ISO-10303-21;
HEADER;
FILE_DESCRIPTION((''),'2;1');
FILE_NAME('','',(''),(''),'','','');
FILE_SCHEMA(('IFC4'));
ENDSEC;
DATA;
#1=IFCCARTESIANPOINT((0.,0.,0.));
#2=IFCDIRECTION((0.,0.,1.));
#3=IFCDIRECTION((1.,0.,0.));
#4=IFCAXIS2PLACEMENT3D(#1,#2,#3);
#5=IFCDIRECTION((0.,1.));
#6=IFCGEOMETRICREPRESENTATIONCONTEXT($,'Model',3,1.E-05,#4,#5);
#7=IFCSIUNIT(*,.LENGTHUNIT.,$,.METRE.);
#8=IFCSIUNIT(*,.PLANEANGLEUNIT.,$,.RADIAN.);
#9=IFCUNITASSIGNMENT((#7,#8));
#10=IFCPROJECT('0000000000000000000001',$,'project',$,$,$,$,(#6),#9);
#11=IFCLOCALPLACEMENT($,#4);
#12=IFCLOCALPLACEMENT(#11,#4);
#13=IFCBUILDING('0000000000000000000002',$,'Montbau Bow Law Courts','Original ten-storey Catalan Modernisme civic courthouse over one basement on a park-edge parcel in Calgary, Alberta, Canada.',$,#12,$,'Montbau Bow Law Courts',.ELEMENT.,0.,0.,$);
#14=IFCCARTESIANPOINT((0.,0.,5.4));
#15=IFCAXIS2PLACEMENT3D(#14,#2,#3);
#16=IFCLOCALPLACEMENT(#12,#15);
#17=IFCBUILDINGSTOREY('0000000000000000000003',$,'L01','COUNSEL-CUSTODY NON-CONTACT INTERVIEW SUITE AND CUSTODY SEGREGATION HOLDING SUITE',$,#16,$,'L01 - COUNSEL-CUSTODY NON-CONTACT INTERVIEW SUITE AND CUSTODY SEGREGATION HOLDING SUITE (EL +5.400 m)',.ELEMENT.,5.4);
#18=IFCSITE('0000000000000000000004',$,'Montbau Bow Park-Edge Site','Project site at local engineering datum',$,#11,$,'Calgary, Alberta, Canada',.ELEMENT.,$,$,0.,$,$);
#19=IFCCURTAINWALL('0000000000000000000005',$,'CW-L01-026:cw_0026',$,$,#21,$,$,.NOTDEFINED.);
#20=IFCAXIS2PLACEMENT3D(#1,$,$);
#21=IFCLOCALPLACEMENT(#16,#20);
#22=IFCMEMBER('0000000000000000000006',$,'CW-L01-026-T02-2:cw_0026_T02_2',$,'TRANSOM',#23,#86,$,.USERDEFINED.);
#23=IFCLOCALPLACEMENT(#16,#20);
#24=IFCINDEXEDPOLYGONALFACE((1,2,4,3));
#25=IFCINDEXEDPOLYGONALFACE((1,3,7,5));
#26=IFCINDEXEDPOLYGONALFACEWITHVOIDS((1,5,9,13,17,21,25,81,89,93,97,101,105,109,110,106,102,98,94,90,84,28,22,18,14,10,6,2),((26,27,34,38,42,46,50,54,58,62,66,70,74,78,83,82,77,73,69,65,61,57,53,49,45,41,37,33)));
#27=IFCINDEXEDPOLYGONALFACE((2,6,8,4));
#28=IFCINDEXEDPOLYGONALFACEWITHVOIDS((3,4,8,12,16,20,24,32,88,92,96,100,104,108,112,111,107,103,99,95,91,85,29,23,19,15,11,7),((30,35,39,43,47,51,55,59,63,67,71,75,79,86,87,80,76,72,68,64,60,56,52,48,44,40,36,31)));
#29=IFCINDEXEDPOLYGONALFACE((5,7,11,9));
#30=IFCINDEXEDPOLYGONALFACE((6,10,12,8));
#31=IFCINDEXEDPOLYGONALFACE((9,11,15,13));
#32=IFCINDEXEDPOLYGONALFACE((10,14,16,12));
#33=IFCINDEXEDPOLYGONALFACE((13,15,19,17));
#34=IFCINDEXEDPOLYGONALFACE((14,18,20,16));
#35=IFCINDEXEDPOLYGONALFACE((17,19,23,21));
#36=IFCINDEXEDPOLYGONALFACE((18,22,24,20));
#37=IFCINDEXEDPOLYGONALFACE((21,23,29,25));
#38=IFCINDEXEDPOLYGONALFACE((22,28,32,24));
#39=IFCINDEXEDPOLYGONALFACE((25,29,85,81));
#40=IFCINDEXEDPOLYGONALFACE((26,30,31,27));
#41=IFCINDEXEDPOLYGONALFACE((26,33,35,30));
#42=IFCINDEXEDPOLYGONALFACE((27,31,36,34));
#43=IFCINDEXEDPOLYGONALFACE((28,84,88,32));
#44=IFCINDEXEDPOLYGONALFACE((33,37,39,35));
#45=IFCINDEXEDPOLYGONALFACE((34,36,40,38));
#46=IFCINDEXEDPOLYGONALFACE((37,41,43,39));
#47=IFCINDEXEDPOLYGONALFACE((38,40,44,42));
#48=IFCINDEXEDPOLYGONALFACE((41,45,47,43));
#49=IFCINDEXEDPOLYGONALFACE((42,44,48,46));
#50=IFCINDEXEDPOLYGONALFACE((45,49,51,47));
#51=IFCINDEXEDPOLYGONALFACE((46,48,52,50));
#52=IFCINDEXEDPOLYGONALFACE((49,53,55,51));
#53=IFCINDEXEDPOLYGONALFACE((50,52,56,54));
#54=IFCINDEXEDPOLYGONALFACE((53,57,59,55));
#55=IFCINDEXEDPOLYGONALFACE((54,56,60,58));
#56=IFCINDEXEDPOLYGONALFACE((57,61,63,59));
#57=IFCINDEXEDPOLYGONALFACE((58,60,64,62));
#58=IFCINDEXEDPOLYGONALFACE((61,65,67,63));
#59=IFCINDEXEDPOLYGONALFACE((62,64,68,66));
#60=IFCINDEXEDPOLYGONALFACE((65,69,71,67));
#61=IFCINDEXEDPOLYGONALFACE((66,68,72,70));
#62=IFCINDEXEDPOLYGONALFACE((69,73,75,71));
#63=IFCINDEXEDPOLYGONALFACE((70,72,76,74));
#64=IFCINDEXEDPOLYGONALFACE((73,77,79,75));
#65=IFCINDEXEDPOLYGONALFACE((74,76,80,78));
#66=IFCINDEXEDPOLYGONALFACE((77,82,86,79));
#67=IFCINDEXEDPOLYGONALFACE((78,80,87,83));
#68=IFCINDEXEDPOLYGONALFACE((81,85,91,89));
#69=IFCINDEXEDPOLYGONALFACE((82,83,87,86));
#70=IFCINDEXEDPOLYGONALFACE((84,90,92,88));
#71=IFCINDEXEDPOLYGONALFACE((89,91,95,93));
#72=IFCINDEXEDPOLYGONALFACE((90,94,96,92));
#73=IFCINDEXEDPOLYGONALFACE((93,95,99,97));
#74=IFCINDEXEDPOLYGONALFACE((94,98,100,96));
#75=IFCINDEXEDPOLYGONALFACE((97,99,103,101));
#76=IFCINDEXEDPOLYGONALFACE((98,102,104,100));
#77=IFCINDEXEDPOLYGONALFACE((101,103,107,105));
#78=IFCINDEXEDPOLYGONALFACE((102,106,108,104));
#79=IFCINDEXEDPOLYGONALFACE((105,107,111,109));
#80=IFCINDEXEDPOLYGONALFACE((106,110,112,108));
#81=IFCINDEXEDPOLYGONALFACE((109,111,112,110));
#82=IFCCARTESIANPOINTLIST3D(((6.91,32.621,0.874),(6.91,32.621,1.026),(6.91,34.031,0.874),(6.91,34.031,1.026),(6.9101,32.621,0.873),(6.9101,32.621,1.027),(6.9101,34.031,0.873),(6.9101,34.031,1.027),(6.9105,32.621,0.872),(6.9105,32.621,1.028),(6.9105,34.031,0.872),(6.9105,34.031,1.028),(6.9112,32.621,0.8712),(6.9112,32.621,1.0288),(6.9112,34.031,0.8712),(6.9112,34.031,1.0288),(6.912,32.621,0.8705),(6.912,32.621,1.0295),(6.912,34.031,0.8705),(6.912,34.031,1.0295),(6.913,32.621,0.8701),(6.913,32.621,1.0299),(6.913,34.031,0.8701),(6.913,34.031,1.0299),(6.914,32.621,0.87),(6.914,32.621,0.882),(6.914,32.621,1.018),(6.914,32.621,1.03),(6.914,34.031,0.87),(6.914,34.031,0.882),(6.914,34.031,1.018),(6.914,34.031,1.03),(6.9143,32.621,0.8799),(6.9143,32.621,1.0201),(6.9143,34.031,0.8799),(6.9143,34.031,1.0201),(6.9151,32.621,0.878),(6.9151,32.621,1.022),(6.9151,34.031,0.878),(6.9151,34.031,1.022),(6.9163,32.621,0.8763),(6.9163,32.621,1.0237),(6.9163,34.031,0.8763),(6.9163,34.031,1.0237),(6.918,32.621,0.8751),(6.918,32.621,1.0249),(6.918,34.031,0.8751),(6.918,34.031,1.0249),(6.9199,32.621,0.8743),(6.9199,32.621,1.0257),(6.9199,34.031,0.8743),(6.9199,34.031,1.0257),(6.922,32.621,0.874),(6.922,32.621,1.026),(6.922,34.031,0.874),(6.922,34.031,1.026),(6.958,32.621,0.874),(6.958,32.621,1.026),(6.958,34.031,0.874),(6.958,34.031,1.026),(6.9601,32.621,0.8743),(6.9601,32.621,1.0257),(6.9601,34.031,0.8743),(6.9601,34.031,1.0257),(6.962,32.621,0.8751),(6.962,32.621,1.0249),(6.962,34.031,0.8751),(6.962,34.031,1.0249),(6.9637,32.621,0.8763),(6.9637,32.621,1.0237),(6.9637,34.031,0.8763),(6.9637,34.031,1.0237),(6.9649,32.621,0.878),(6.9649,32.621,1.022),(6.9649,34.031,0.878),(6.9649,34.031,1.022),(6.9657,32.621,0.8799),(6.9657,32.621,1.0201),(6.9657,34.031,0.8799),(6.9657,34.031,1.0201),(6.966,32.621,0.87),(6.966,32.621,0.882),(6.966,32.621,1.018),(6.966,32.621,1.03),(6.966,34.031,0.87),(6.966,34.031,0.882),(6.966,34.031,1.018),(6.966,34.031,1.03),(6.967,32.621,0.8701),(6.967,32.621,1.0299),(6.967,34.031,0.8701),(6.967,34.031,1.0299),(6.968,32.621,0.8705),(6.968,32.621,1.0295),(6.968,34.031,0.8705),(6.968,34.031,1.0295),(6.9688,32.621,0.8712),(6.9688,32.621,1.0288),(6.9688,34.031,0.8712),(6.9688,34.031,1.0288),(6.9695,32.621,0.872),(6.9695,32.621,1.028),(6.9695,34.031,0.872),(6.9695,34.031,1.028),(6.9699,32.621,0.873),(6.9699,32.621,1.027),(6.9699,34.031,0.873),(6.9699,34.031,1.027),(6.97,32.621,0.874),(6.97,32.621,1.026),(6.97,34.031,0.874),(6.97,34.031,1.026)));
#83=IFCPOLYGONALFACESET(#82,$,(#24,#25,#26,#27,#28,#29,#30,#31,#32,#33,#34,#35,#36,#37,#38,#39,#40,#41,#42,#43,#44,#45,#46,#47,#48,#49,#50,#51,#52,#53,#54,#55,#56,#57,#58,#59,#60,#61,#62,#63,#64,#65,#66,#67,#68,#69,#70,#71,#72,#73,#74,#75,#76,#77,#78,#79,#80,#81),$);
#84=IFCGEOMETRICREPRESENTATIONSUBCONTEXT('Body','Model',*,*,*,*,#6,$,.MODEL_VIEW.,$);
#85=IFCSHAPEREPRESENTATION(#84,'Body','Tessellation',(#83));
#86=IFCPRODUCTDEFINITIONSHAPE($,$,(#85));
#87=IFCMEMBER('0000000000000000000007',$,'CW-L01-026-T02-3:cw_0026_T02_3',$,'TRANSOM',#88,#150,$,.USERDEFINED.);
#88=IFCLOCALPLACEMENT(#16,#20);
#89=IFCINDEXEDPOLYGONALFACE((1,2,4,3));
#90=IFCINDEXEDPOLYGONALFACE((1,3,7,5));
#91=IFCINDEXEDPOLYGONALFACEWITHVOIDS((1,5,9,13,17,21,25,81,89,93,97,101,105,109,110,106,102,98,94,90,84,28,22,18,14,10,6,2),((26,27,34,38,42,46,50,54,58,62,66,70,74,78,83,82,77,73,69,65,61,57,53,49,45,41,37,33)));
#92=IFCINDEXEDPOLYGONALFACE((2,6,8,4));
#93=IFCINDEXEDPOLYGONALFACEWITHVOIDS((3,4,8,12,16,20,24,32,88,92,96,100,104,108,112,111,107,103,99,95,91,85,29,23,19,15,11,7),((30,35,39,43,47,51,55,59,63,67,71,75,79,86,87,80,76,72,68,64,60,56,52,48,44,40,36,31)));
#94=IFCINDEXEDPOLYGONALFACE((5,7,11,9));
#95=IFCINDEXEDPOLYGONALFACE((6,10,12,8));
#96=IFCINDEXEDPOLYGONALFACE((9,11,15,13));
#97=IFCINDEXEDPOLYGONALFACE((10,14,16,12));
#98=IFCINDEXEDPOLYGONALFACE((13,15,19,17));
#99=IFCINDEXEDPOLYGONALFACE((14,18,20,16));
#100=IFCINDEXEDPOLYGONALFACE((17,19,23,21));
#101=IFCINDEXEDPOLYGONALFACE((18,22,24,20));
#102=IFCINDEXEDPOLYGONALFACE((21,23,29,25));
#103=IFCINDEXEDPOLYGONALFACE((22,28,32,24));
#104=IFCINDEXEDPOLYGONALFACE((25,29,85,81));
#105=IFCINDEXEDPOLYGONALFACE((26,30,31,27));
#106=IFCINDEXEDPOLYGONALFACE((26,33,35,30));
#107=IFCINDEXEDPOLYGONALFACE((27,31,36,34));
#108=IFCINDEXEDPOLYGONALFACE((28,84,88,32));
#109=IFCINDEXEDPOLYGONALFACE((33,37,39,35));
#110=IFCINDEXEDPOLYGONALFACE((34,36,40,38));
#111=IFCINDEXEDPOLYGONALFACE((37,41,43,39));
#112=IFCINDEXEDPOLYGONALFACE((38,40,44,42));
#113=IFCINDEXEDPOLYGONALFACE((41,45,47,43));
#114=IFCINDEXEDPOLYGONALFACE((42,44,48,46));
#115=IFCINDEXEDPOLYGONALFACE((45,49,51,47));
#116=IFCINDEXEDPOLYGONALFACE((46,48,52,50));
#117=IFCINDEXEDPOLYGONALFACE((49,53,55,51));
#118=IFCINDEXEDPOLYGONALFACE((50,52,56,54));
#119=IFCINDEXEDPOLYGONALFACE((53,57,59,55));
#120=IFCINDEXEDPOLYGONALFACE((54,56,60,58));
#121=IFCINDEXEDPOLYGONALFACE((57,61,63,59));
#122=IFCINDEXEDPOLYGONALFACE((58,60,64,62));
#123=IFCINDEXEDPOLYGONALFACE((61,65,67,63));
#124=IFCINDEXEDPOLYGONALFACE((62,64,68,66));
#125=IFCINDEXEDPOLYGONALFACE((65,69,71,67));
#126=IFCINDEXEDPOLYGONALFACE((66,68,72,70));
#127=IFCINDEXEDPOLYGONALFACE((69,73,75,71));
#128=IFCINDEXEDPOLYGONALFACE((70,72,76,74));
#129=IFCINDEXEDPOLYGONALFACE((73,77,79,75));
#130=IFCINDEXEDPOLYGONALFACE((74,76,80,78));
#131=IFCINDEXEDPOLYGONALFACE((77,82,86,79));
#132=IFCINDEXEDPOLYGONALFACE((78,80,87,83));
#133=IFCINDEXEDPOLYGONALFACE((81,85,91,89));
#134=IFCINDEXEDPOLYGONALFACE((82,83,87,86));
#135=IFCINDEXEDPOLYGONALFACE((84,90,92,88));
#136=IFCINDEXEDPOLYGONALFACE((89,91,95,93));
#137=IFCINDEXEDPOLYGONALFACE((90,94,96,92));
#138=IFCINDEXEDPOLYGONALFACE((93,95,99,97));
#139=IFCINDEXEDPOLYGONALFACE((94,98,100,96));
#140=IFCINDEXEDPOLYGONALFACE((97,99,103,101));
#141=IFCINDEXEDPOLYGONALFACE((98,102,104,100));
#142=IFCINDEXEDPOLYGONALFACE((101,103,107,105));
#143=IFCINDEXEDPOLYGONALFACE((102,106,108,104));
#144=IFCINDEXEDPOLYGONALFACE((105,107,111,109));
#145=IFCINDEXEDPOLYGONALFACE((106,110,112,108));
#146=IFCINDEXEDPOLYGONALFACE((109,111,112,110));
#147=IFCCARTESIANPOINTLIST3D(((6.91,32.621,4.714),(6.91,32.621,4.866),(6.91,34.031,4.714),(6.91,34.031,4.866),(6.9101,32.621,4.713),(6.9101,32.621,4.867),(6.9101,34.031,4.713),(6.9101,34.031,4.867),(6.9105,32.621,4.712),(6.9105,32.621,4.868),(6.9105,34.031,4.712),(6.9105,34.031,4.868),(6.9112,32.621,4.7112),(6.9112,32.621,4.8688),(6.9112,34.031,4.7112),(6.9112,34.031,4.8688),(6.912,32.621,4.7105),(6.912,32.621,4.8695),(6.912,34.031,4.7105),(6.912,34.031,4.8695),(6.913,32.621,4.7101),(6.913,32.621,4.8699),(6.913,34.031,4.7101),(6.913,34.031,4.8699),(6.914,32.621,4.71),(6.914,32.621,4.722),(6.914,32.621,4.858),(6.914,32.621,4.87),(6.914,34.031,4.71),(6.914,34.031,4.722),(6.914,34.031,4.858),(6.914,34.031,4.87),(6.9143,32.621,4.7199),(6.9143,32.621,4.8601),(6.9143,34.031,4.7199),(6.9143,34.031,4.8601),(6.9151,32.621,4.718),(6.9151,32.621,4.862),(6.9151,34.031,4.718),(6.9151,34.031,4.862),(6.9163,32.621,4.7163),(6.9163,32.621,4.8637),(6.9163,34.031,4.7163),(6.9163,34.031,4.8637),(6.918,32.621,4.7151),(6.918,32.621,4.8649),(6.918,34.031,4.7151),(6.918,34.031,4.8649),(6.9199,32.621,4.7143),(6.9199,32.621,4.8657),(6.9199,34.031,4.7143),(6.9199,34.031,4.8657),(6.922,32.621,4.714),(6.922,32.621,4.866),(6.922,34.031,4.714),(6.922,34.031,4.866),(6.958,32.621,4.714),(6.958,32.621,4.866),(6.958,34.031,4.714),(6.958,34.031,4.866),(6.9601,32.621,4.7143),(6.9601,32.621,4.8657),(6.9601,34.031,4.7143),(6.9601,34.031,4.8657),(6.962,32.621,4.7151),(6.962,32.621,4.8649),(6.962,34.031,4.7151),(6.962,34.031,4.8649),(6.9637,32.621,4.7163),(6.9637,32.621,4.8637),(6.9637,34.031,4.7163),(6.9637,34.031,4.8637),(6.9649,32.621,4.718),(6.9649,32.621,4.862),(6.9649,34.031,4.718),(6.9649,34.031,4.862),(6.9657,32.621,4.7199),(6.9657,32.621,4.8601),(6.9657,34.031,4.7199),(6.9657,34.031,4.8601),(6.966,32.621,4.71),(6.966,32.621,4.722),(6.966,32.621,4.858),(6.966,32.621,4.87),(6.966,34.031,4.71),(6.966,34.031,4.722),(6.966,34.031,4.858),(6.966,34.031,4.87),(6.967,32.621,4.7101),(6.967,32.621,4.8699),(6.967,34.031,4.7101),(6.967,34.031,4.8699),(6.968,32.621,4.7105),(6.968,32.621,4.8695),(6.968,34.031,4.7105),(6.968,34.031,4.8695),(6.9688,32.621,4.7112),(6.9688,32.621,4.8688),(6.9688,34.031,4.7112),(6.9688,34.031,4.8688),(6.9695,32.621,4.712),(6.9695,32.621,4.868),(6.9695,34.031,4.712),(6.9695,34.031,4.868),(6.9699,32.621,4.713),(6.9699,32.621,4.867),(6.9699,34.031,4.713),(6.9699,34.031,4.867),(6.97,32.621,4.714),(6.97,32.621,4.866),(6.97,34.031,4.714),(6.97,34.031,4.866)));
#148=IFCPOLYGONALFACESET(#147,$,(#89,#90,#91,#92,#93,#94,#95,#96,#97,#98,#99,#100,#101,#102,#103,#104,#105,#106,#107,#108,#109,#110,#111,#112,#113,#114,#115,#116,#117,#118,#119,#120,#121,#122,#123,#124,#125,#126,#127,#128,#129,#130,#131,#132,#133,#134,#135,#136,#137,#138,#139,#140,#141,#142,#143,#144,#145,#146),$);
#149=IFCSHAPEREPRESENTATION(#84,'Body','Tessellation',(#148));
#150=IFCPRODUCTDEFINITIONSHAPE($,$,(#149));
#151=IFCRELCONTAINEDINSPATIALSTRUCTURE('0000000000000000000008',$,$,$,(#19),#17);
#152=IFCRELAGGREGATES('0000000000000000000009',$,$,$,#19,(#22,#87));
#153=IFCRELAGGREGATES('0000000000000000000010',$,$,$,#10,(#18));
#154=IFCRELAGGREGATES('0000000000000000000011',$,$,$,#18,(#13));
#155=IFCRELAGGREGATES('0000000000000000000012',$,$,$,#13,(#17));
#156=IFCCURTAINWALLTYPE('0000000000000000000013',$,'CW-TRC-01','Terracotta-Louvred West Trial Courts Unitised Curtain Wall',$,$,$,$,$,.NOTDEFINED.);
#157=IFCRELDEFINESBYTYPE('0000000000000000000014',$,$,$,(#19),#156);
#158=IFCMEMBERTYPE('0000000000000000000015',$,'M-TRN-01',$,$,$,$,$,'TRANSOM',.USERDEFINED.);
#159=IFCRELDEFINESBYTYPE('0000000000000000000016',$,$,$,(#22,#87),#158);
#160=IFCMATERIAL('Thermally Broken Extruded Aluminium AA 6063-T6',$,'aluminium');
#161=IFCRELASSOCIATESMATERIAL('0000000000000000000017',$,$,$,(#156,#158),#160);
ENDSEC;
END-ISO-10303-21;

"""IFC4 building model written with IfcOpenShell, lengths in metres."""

from ifc_helpers import new_model, si_unit, direction, frame, origin_with_axes, origin_2d_with_axis, place, context, subcontext, project, spatial, hollow_rectangle, extrude, material, material_profile, profile_set, type_object, element, aggregate, save


model = new_model("IFC4")

# Units and contexts
model_context = context("Model", 3, precision=1e-05, world=origin_with_axes(), true_north=direction((0.0, 1.0)))
body_context = subcontext(model_context, "Body", "Model", "MODEL_VIEW")
ifc_project = project(units=[si_unit("LENGTHUNIT", "METRE"), si_unit("PLANEANGLEUNIT", "RADIAN")], contexts=[model_context])

# Site, building, storey
site_placement = place(None, origin_with_axes())
site = spatial("IfcSite", under=ifc_project, at=site_placement, Name="Montbau Bow Park-Edge Site", Description="Project site at local engineering datum", LongName="Calgary, Alberta, Canada", CompositionType="ELEMENT", RefElevation=0.0)
building_placement = place(site_placement, origin_with_axes())
building = spatial("IfcBuilding", under=site, at=building_placement, Name="Montbau Bow Law Courts", Description="Original ten-storey Catalan Modernisme civic courthouse over one basement on a park-edge parcel in Calgary, Alberta, Canada.", LongName="Montbau Bow Law Courts", CompositionType="ELEMENT", ElevationOfRefHeight=0.0, ElevationOfTerrain=0.0)
storey_placement = place(building_placement, frame((0.0, 0.0, 5.4), z_axis=(0.0, 0.0, 1.0), x_axis=(1.0, 0.0, 0.0)))
storey = spatial("IfcBuildingStorey", under=building, at=storey_placement, Name="L01", Description="COUNSEL-CUSTODY NON-CONTACT INTERVIEW SUITE AND CUSTODY SEGREGATION HOLDING SUITE", LongName="L01 - COUNSEL-CUSTODY NON-CONTACT INTERVIEW SUITE AND CUSTODY SEGREGATION HOLDING SUITE (EL +5.400 m)", CompositionType="ELEMENT", Elevation=5.4)

# Curtain wall, members
ifc_material_1 = material(Name="Thermally Broken Extruded Aluminium AA 6063-T6", Category="aluminium")
curtain_wall_type = type_object("IfcCurtainWallType", Name="CW-TRC-01", Description="Terracotta-Louvred West Trial Courts Unitised Curtain Wall", PredefinedType="NOTDEFINED", material=ifc_material_1)
ifc_material_profile = material_profile(ifc_material_1, hollow_rectangle(XDim=0.06, YDim=0.16, WallThickness=0.004, InnerFilletRadius=0.008, OuterFilletRadius=0.004, at=origin_2d_with_axis()), Name="CWT-160X60", Category="Main", Priority=0)
ifc_profile_set = profile_set([ifc_material_profile], Name="Thermally Broken Extruded Aluminium AA 6063-T6")
member_type = type_object("IfcMemberType", Name="M-TRN-01", ElementType="TRANSOM", PredefinedType="USERDEFINED", material=ifc_profile_set)
curtain_wall_1_placement = place(None, frame((6.94, 31.115, 5.4), z_axis=(0.0, 0.0, 1.0), x_axis=(1.0, 0.0, 0.0)))
curtain_wall_1 = element("IfcCurtainWall", 1, at=curtain_wall_1_placement, inside=storey, type_object=curtain_wall_type, Name="CW-L01-026:cw_0026", PredefinedType="NOTDEFINED")
member_1_placement = place(None, frame((6.94, 32.621, 6.35), z_axis=(0.0, 1.0, 0.0), x_axis=(-1.0, 0.0, 0.0)))
member_1 = element("IfcMember", 2, at=member_1_placement, type_object=member_type, Name="CW-L01-026-T02-2:cw_0026_T02_2", ObjectType="TRANSOM", PredefinedType="USERDEFINED", context=body_context, shape_type="SweptSolid", body=[
    extrude(hollow_rectangle(XDim=0.06, YDim=0.16, WallThickness=0.004, InnerFilletRadius=0.008, OuterFilletRadius=0.004, at=origin_2d_with_axis()), origin_with_axes(), (0.0, 0.0, 1.0), 1.41),
])
member_2_placement = place(None, frame((6.94, 32.621, 10.19), z_axis=(0.0, 1.0, 0.0), x_axis=(-1.0, 0.0, 0.0)))
member_2 = element("IfcMember", 3, at=member_2_placement, type_object=member_type, Name="CW-L01-026-T02-3:cw_0026_T02_3", ObjectType="TRANSOM", PredefinedType="USERDEFINED", context=body_context, shape_type="SweptSolid", body=[
    extrude(hollow_rectangle(XDim=0.06, YDim=0.16, WallThickness=0.004, InnerFilletRadius=0.008, OuterFilletRadius=0.004, at=origin_2d_with_axis()), origin_with_axes(), (0.0, 0.0, 1.0), 1.41),
])

aggregate(curtain_wall_1, [member_1, member_2])

save(model, "model.ifc")
